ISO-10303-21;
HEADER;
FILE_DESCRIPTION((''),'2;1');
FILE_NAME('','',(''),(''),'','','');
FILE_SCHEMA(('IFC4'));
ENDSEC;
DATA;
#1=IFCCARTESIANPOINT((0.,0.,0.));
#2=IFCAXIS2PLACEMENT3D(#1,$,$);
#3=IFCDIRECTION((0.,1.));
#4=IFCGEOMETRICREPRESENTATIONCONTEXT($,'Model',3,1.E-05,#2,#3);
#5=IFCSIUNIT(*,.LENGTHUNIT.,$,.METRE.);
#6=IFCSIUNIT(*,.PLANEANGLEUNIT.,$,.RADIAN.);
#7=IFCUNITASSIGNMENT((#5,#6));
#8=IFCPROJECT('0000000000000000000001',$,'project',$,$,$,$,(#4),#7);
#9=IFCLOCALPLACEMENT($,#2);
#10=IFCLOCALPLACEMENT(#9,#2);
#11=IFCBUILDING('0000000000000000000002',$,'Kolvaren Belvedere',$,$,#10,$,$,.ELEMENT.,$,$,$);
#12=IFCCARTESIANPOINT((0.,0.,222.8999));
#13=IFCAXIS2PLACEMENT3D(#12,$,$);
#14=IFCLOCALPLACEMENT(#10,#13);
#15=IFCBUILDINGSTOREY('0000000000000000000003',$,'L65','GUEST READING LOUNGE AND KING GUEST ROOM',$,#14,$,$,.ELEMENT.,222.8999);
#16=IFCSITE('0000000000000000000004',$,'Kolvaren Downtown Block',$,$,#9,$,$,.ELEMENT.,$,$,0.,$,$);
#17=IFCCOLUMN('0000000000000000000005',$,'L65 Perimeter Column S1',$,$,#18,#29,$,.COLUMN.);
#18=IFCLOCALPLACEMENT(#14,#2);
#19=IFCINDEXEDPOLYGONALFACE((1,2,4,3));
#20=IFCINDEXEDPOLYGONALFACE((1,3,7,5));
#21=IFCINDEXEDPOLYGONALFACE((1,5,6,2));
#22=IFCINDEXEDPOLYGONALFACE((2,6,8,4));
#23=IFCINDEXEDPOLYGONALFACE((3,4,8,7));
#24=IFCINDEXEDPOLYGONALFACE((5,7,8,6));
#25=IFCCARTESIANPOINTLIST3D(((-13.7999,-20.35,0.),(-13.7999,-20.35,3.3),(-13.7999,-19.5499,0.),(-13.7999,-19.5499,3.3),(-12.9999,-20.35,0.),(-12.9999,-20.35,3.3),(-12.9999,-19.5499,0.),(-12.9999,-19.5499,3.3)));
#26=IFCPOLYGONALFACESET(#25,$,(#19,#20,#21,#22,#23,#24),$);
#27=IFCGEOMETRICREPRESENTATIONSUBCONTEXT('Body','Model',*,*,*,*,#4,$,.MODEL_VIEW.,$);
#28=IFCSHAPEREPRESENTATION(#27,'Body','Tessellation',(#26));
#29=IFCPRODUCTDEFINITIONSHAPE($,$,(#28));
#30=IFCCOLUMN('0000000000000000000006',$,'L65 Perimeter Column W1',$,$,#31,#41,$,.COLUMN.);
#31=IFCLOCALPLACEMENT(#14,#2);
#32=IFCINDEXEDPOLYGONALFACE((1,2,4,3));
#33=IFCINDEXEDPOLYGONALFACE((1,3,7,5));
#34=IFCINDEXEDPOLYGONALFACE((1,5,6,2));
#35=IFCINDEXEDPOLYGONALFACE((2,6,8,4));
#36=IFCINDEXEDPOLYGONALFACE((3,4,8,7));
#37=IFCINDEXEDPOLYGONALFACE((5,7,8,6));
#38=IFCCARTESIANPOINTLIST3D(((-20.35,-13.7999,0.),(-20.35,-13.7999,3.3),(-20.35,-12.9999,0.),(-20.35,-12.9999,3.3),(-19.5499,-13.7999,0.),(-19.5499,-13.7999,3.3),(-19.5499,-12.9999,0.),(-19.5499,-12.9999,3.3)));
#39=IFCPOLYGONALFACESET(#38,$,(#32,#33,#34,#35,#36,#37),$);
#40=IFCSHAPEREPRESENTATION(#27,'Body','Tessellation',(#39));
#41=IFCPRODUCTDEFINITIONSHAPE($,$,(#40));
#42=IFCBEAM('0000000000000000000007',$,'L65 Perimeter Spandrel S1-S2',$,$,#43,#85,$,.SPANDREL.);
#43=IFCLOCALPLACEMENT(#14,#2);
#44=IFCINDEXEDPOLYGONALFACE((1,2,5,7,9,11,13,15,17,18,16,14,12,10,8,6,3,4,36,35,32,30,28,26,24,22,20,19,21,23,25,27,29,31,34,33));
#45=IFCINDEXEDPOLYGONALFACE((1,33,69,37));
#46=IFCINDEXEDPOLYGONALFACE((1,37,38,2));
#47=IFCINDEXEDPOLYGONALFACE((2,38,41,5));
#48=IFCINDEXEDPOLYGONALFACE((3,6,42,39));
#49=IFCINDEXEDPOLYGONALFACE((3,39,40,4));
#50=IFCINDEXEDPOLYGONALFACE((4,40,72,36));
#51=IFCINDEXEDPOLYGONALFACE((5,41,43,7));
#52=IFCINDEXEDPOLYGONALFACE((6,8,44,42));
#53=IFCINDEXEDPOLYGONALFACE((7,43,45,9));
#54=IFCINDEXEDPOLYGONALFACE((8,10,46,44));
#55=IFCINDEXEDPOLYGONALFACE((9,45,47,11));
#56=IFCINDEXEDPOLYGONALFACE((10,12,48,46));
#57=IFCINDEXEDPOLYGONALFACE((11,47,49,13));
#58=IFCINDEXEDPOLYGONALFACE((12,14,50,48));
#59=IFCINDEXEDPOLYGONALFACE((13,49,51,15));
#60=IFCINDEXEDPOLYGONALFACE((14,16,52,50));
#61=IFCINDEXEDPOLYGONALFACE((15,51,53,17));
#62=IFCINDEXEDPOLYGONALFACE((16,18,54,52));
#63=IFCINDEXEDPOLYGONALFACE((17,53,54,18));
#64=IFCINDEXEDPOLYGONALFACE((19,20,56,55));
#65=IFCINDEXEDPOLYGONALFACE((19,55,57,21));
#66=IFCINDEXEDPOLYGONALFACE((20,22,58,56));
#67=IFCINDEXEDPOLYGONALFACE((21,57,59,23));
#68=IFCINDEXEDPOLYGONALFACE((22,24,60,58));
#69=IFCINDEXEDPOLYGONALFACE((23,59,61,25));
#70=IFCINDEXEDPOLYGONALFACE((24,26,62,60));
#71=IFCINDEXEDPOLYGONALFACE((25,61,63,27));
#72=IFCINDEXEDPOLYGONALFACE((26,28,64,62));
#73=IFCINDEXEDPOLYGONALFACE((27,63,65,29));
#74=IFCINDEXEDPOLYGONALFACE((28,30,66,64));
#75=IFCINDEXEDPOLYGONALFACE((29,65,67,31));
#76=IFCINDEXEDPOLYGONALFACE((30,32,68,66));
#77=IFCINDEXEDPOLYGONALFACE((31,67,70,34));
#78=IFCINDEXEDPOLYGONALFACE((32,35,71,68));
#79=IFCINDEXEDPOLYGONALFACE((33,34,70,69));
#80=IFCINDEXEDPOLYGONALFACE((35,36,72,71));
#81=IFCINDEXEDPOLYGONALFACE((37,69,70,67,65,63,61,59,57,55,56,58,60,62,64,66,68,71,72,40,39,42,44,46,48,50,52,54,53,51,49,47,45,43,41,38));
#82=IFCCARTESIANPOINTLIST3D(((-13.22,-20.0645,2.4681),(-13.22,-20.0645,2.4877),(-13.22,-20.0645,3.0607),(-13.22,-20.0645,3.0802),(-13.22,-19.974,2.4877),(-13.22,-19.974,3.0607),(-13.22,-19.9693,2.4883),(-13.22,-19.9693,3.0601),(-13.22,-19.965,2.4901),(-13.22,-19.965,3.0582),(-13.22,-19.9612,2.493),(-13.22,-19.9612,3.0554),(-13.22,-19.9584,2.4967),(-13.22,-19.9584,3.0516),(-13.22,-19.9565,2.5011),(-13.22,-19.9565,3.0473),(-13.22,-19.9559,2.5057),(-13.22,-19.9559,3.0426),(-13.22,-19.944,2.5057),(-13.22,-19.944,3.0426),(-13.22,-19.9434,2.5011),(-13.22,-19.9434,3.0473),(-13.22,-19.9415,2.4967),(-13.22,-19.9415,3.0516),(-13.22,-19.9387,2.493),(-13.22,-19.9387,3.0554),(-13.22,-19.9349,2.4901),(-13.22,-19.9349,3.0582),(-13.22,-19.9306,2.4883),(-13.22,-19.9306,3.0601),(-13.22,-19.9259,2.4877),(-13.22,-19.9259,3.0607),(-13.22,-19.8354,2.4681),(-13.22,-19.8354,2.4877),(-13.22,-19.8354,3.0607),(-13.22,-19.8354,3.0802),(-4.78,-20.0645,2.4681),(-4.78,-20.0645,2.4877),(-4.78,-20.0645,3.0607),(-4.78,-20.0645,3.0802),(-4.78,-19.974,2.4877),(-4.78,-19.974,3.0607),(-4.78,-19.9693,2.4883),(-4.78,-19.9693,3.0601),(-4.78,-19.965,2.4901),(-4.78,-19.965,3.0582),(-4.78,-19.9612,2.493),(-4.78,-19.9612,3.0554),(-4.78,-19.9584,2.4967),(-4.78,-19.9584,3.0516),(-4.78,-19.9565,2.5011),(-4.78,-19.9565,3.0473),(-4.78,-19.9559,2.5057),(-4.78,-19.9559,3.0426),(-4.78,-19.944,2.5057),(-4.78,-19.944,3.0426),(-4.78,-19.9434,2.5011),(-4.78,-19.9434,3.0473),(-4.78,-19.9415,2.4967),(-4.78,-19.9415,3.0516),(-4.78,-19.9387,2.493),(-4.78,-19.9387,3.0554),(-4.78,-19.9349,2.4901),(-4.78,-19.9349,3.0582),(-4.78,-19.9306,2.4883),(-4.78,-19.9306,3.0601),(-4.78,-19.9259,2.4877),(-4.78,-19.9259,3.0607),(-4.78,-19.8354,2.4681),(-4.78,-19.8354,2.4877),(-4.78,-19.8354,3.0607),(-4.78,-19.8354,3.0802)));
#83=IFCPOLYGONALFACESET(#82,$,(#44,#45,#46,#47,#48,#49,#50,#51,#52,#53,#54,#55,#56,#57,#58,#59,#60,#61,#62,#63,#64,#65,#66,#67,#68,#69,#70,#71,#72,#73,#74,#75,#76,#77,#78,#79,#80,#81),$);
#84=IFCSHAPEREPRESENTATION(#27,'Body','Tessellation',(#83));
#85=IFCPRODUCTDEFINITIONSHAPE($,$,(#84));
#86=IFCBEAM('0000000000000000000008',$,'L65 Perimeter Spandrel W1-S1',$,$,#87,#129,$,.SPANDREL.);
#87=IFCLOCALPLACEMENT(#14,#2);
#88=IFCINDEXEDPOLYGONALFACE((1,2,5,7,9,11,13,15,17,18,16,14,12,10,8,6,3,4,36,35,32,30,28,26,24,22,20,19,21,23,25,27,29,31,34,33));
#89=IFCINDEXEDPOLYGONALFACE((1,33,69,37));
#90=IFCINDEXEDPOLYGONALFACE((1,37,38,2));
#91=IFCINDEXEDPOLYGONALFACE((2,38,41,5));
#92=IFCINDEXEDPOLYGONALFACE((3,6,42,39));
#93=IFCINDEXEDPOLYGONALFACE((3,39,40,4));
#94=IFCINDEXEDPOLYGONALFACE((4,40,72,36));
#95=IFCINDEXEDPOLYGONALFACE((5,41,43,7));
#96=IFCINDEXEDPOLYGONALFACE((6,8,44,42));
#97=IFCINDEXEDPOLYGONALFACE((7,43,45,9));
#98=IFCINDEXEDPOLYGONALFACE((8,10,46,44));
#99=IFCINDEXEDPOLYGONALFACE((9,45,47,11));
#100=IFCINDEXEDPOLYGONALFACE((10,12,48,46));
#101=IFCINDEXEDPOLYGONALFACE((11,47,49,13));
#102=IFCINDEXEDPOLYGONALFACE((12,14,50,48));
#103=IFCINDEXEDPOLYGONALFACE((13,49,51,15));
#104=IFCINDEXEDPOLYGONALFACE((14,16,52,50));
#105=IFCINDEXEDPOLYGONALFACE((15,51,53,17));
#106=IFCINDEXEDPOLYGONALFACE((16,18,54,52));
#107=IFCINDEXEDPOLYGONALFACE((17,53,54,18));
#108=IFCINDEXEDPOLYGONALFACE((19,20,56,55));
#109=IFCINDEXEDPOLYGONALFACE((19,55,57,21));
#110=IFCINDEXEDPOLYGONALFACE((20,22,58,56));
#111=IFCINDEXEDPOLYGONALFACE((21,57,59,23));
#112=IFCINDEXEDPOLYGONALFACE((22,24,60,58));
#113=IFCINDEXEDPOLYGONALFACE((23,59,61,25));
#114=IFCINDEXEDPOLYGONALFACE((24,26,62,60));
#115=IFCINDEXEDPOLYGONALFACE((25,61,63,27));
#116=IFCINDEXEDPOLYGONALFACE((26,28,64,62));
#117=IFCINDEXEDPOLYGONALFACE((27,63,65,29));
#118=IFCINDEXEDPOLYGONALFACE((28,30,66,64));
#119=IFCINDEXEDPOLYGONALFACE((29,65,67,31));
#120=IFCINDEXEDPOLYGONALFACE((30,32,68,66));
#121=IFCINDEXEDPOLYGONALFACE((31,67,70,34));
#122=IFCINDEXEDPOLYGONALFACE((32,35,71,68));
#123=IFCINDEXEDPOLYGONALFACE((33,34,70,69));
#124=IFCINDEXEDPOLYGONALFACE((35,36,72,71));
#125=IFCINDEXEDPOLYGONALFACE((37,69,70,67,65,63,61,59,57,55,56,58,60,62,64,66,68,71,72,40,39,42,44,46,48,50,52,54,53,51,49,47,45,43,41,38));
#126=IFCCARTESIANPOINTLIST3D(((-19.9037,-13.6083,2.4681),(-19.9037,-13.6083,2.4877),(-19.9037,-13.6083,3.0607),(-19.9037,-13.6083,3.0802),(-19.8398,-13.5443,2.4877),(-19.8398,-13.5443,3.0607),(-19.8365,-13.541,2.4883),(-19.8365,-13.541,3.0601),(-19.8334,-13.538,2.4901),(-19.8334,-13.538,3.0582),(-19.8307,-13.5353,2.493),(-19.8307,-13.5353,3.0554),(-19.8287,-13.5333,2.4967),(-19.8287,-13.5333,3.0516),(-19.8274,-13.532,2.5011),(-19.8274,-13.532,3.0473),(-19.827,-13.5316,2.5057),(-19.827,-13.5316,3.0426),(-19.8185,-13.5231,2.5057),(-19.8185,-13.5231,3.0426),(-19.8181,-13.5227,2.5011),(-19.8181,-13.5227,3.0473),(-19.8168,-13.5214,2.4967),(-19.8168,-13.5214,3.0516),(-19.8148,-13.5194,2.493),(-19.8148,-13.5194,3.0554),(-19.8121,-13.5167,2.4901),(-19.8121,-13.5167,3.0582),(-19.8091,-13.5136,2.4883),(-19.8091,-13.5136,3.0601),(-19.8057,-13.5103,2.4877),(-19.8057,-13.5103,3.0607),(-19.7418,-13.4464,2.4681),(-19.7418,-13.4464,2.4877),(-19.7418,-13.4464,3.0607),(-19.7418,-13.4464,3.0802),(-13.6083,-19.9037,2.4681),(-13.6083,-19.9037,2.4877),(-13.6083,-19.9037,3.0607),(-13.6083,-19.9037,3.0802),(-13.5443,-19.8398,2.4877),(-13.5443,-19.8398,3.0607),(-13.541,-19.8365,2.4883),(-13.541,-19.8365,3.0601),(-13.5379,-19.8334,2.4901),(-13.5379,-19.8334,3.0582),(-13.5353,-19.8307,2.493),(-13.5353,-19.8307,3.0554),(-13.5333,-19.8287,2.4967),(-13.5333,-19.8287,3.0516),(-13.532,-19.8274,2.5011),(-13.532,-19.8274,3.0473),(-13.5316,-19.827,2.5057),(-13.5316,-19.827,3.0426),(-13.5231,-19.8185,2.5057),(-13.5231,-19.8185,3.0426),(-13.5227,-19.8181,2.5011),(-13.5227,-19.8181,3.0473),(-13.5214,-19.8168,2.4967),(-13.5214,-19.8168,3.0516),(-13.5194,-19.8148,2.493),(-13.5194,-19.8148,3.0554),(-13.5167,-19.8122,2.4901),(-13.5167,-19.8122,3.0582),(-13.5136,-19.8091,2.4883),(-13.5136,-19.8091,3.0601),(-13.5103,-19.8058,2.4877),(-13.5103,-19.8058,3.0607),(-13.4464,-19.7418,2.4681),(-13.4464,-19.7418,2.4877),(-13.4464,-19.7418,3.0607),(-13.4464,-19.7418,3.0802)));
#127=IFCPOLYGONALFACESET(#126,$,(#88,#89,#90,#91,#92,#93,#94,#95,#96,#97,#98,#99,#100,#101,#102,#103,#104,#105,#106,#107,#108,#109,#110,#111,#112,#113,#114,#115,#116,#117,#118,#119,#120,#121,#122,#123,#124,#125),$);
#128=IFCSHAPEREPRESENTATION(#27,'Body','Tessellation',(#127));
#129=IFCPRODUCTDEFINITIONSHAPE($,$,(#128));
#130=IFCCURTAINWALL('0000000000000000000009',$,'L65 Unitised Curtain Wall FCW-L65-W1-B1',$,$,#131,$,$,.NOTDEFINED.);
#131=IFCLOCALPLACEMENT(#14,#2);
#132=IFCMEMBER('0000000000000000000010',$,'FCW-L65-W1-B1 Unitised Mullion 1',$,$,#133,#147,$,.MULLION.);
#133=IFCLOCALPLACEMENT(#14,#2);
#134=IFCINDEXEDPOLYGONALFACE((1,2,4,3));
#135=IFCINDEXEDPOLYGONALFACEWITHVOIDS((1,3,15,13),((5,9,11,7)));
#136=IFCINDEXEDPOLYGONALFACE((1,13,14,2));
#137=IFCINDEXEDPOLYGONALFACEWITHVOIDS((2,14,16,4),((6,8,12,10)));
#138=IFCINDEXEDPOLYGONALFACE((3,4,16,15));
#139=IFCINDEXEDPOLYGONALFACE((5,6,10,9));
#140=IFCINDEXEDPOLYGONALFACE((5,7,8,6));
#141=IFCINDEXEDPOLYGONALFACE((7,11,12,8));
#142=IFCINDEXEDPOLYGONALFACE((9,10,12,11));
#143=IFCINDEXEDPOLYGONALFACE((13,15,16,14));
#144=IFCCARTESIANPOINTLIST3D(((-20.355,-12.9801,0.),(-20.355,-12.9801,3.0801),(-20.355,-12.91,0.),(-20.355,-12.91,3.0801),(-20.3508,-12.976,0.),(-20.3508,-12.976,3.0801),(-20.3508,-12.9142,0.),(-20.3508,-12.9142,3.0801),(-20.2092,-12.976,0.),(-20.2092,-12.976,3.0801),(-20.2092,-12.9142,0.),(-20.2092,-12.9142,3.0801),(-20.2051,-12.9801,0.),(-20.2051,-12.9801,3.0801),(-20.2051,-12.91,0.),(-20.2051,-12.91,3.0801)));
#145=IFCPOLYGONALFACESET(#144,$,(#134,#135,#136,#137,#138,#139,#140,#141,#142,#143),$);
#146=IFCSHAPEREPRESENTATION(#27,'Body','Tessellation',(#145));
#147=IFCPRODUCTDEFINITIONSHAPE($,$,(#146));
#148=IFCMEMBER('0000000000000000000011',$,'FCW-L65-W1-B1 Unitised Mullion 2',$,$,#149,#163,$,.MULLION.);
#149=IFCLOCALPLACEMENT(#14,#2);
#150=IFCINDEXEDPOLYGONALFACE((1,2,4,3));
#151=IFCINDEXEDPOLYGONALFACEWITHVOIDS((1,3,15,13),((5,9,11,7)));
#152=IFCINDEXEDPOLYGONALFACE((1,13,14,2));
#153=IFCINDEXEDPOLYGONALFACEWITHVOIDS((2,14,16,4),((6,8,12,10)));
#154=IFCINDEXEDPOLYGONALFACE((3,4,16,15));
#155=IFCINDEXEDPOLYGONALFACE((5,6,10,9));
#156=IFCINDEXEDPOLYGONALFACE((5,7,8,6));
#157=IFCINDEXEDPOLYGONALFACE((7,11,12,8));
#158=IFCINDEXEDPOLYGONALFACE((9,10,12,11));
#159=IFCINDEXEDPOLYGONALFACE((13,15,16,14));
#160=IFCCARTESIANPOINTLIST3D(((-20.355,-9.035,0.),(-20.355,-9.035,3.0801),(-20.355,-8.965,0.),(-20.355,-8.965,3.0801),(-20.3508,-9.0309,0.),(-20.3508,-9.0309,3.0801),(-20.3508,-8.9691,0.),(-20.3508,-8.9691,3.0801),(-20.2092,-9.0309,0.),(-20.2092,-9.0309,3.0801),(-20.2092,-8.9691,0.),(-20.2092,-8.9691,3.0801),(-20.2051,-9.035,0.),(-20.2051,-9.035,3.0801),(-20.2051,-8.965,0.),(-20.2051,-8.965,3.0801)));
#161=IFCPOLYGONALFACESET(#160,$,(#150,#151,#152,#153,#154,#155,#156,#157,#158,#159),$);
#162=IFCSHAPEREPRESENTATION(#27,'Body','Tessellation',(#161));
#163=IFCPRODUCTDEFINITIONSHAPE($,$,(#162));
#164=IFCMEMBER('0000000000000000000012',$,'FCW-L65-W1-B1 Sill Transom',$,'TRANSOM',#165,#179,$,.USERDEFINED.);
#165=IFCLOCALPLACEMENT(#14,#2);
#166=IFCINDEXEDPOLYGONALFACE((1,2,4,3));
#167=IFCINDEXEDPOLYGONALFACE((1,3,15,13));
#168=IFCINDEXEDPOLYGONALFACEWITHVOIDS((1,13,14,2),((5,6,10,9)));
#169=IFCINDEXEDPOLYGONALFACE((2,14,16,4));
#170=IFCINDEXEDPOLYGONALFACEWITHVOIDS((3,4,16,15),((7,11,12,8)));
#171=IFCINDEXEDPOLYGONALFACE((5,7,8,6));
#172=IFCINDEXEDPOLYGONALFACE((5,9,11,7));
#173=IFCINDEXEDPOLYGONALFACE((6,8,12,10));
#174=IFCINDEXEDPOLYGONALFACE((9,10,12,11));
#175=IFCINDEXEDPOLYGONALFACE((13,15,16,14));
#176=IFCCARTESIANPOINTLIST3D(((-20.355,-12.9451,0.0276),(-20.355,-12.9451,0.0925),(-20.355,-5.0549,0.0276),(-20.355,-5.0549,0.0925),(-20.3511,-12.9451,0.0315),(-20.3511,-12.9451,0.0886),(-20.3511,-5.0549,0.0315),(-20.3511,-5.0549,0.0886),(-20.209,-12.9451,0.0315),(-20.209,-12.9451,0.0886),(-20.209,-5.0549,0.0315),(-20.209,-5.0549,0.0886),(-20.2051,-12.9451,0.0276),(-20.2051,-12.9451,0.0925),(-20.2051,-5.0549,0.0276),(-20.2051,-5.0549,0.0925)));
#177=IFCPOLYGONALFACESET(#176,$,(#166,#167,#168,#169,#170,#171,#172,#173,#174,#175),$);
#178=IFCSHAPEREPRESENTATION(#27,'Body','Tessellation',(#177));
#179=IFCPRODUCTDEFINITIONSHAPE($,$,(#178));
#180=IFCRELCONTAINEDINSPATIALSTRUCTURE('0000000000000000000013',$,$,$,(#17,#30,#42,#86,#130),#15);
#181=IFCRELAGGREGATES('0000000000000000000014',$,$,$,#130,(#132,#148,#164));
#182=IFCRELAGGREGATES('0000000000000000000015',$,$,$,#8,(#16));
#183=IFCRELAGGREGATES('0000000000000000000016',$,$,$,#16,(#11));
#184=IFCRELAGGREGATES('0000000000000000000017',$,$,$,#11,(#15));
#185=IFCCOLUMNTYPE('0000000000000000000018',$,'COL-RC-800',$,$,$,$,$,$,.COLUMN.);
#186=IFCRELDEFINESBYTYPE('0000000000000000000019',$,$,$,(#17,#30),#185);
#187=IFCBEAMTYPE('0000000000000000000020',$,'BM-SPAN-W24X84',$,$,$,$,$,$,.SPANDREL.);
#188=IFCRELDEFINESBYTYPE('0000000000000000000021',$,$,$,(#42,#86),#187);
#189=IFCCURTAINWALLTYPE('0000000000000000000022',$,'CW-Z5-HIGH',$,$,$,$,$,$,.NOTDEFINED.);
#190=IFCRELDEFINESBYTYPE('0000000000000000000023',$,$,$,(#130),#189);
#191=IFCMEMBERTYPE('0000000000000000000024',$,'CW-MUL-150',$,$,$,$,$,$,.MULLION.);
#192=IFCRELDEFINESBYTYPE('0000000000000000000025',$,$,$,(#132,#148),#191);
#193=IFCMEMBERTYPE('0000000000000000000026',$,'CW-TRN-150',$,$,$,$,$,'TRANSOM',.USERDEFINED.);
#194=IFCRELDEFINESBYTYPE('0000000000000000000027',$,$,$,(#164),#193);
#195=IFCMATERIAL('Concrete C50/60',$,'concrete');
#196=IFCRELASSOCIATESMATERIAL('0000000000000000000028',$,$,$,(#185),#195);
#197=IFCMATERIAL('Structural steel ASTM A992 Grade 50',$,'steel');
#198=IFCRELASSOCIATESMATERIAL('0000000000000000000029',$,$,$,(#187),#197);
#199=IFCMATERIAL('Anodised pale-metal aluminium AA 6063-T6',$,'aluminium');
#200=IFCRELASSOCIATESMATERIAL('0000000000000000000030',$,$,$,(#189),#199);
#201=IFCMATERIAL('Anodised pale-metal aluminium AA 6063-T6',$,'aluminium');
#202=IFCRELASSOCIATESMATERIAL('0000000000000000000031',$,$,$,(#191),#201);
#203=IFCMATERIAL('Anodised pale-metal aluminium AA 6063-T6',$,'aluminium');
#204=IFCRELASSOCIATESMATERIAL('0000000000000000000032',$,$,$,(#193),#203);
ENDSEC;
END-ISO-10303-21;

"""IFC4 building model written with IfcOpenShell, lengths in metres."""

from ifc_helpers import new_model, si_unit, direction, frame, origin, origin_2d, place, context, subcontext, project, spatial, rectangle, hollow_rectangle, i_section, extrude, material, material_profile, profile_set, type_object, element, aggregate, save


model = new_model("IFC4")

# Units and contexts
model_context = context("Model", 3, precision=1e-05, world=origin(), true_north=direction((0.0, 1.0)))
body_context = subcontext(model_context, "Body", "Model", "MODEL_VIEW")
ifc_project = project(units=[si_unit("LENGTHUNIT", "METRE"), si_unit("PLANEANGLEUNIT", "RADIAN")], contexts=[model_context])

# Site, building, storey
site_placement = place(None, origin())
site = spatial("IfcSite", under=ifc_project, at=site_placement, Name="Kolvaren Downtown Block", CompositionType="ELEMENT", RefElevation=0.0)
building_placement = place(site_placement, origin())
building = spatial("IfcBuilding", under=site, at=building_placement, Name="Kolvaren Belvedere", CompositionType="ELEMENT")
storey_placement = place(building_placement, frame((0.0, 0.0, 222.8999)))
storey = spatial("IfcBuildingStorey", under=building, at=storey_placement, Name="L65", Description="GUEST READING LOUNGE AND KING GUEST ROOM", CompositionType="ELEMENT", Elevation=222.8999)

# Columns
ifc_material_1 = material(Name="Concrete C50/60", Category="concrete")
ifc_material_profile_1 = material_profile(ifc_material_1, rectangle(XDim=0.8, YDim=0.8, at=origin_2d()), Name="RC 800X800")
ifc_profile_set_1 = profile_set([ifc_material_profile_1], Name="Concrete C50/60")
column_type = type_object("IfcColumnType", Name="COL-RC-800", PredefinedType="COLUMN", material=ifc_profile_set_1)
for number, where, z_axis, x_axis, name in (
    (1, (-13.3999, -19.95, 0.0), (0.0, 0.0, 1.0), (1.0, 0.0, 0.0), "L65 Perimeter Column S1"),
    (2, (-19.95, -13.3999, 0.0), (0.0, 0.0, 1.0), (1.0, 0.0, 0.0), "L65 Perimeter Column W1"),
):
    element("IfcColumn", number, at=place(storey_placement, frame(where, z_axis=z_axis, x_axis=x_axis)), inside=storey, type_object=column_type, Name=name, PredefinedType="COLUMN", context=body_context, shape_type="SweptSolid", body=[
        extrude(rectangle(XDim=0.8, YDim=0.8, at=origin_2d()), origin(), (0.0, 0.0, 1.0), 3.3),
    ])

# Beams
ifc_material_2 = material(Name="Structural steel ASTM A992 Grade 50", Category="steel")
ifc_material_profile_2 = material_profile(ifc_material_2, i_section(OverallWidth=0.229, OverallDepth=0.6121, WebThickness=0.012, FlangeThickness=0.0195, FilletRadius=0.0181, at=origin_2d()), Name="W24X84")
ifc_profile_set_2 = profile_set([ifc_material_profile_2], Name="Structural steel ASTM A992 Grade 50")
beam_type = type_object("IfcBeamType", Name="BM-SPAN-W24X84", PredefinedType="SPANDREL", material=ifc_profile_set_2)
beam_1_placement = place(storey_placement, frame((-13.22, -19.95, 2.7742), z_axis=(1.0, 0.0, 0.0), x_axis=(0.0, 1.0, 0.0)))
element("IfcBeam", 3, at=beam_1_placement, inside=storey, type_object=beam_type, Name="L65 Perimeter Spandrel S1-S2", PredefinedType="SPANDREL", context=body_context, shape_type="SweptSolid", body=[
    extrude(i_section(OverallWidth=0.229, OverallDepth=0.6121, WebThickness=0.012, FlangeThickness=0.0195, FilletRadius=0.0181, at=origin_2d()), origin(), (0.0, 0.0, 1.0), 8.4399),
])
beam_2_placement = place(storey_placement, frame((-19.8228, -13.5273, 2.7742), z_axis=(0.707107, -0.707107, 0.0), x_axis=(0.707107, 0.707107, 0.0)))
element("IfcBeam", 4, at=beam_2_placement, inside=storey, type_object=beam_type, Name="L65 Perimeter Spandrel W1-S1", PredefinedType="SPANDREL", context=body_context, shape_type="SweptSolid", body=[
    extrude(i_section(OverallWidth=0.229, OverallDepth=0.6121, WebThickness=0.012, FlangeThickness=0.0195, FilletRadius=0.0181, at=origin_2d()), origin(), (0.0, 0.0, 1.0), 8.9031),
])

# Curtain wall, members
ifc_material_3 = material(Name="Anodised pale-metal aluminium AA 6063-T6", Category="aluminium")
curtain_wall_type = type_object("IfcCurtainWallType", Name="CW-Z5-HIGH", PredefinedType="NOTDEFINED", material=ifc_material_3)
curtain_wall_placement = place(storey_placement, origin())
curtain_wall = element("IfcCurtainWall", 5, at=curtain_wall_placement, inside=storey, type_object=curtain_wall_type, Name="L65 Unitised Curtain Wall FCW-L65-W1-B1", PredefinedType="NOTDEFINED")
ifc_material_4 = material(Name="Anodised pale-metal aluminium AA 6063-T6", Category="aluminium")
ifc_material_profile_3 = material_profile(ifc_material_4, hollow_rectangle(XDim=0.0701, YDim=0.1499, WallThickness=0.0042, at=origin_2d()), Name="ALU-MUL-150X70")
ifc_profile_set_3 = profile_set([ifc_material_profile_3], Name="Anodised pale-metal aluminium AA 6063-T6")
member_type_1 = type_object("IfcMemberType", Name="CW-MUL-150", PredefinedType="MULLION", material=ifc_profile_set_3)
member_1_placement = place(storey_placement, frame((-20.28, -12.9451, 0.0), z_axis=(0.0, 0.0, 1.0), x_axis=(0.0, 1.0, 0.0)))
member_1 = element("IfcMember", 6, at=member_1_placement, type_object=member_type_1, Name="FCW-L65-W1-B1 Unitised Mullion 1", PredefinedType="MULLION", context=body_context, shape_type="SweptSolid", body=[
    extrude(hollow_rectangle(XDim=0.0701, YDim=0.1499, WallThickness=0.0042, at=origin_2d()), origin(), (0.0, 0.0, 1.0), 3.0801),
])
member_2_placement = place(storey_placement, frame((-20.28, -9.0, 0.0), z_axis=(0.0, 0.0, 1.0), x_axis=(0.0, 1.0, 0.0)))
member_2 = element("IfcMember", 7, at=member_2_placement, type_object=member_type_1, Name="FCW-L65-W1-B1 Unitised Mullion 2", PredefinedType="MULLION", context=body_context, shape_type="SweptSolid", body=[
    extrude(hollow_rectangle(XDim=0.0701, YDim=0.1499, WallThickness=0.0042, at=origin_2d()), origin(), (0.0, 0.0, 1.0), 3.0801),
])
ifc_material_5 = material(Name="Anodised pale-metal aluminium AA 6063-T6", Category="aluminium")
ifc_material_profile_4 = material_profile(ifc_material_5, hollow_rectangle(XDim=0.0649, YDim=0.1499, WallThickness=0.0039, at=origin_2d()), Name="ALU-TRN-150X65")
ifc_profile_set_4 = profile_set([ifc_material_profile_4], Name="Anodised pale-metal aluminium AA 6063-T6")
member_type_2 = type_object("IfcMemberType", Name="CW-TRN-150", ElementType="TRANSOM", PredefinedType="USERDEFINED", material=ifc_profile_set_4)
member_3_placement = place(storey_placement, frame((-20.28, -12.9451, 0.0601), z_axis=(0.0, 1.0, 0.0), x_axis=(0.0, 0.0, 1.0)))
member_3 = element("IfcMember", 8, at=member_3_placement, type_object=member_type_2, Name="FCW-L65-W1-B1 Sill Transom", ObjectType="TRANSOM", PredefinedType="USERDEFINED", context=body_context, shape_type="SweptSolid", body=[
    extrude(hollow_rectangle(XDim=0.0649, YDim=0.1499, WallThickness=0.0039, at=origin_2d()), origin(), (0.0, 0.0, 1.0), 7.8901),
])
aggregate(curtain_wall, [member_1, member_2, member_3])

save(model, "model.ifc")
